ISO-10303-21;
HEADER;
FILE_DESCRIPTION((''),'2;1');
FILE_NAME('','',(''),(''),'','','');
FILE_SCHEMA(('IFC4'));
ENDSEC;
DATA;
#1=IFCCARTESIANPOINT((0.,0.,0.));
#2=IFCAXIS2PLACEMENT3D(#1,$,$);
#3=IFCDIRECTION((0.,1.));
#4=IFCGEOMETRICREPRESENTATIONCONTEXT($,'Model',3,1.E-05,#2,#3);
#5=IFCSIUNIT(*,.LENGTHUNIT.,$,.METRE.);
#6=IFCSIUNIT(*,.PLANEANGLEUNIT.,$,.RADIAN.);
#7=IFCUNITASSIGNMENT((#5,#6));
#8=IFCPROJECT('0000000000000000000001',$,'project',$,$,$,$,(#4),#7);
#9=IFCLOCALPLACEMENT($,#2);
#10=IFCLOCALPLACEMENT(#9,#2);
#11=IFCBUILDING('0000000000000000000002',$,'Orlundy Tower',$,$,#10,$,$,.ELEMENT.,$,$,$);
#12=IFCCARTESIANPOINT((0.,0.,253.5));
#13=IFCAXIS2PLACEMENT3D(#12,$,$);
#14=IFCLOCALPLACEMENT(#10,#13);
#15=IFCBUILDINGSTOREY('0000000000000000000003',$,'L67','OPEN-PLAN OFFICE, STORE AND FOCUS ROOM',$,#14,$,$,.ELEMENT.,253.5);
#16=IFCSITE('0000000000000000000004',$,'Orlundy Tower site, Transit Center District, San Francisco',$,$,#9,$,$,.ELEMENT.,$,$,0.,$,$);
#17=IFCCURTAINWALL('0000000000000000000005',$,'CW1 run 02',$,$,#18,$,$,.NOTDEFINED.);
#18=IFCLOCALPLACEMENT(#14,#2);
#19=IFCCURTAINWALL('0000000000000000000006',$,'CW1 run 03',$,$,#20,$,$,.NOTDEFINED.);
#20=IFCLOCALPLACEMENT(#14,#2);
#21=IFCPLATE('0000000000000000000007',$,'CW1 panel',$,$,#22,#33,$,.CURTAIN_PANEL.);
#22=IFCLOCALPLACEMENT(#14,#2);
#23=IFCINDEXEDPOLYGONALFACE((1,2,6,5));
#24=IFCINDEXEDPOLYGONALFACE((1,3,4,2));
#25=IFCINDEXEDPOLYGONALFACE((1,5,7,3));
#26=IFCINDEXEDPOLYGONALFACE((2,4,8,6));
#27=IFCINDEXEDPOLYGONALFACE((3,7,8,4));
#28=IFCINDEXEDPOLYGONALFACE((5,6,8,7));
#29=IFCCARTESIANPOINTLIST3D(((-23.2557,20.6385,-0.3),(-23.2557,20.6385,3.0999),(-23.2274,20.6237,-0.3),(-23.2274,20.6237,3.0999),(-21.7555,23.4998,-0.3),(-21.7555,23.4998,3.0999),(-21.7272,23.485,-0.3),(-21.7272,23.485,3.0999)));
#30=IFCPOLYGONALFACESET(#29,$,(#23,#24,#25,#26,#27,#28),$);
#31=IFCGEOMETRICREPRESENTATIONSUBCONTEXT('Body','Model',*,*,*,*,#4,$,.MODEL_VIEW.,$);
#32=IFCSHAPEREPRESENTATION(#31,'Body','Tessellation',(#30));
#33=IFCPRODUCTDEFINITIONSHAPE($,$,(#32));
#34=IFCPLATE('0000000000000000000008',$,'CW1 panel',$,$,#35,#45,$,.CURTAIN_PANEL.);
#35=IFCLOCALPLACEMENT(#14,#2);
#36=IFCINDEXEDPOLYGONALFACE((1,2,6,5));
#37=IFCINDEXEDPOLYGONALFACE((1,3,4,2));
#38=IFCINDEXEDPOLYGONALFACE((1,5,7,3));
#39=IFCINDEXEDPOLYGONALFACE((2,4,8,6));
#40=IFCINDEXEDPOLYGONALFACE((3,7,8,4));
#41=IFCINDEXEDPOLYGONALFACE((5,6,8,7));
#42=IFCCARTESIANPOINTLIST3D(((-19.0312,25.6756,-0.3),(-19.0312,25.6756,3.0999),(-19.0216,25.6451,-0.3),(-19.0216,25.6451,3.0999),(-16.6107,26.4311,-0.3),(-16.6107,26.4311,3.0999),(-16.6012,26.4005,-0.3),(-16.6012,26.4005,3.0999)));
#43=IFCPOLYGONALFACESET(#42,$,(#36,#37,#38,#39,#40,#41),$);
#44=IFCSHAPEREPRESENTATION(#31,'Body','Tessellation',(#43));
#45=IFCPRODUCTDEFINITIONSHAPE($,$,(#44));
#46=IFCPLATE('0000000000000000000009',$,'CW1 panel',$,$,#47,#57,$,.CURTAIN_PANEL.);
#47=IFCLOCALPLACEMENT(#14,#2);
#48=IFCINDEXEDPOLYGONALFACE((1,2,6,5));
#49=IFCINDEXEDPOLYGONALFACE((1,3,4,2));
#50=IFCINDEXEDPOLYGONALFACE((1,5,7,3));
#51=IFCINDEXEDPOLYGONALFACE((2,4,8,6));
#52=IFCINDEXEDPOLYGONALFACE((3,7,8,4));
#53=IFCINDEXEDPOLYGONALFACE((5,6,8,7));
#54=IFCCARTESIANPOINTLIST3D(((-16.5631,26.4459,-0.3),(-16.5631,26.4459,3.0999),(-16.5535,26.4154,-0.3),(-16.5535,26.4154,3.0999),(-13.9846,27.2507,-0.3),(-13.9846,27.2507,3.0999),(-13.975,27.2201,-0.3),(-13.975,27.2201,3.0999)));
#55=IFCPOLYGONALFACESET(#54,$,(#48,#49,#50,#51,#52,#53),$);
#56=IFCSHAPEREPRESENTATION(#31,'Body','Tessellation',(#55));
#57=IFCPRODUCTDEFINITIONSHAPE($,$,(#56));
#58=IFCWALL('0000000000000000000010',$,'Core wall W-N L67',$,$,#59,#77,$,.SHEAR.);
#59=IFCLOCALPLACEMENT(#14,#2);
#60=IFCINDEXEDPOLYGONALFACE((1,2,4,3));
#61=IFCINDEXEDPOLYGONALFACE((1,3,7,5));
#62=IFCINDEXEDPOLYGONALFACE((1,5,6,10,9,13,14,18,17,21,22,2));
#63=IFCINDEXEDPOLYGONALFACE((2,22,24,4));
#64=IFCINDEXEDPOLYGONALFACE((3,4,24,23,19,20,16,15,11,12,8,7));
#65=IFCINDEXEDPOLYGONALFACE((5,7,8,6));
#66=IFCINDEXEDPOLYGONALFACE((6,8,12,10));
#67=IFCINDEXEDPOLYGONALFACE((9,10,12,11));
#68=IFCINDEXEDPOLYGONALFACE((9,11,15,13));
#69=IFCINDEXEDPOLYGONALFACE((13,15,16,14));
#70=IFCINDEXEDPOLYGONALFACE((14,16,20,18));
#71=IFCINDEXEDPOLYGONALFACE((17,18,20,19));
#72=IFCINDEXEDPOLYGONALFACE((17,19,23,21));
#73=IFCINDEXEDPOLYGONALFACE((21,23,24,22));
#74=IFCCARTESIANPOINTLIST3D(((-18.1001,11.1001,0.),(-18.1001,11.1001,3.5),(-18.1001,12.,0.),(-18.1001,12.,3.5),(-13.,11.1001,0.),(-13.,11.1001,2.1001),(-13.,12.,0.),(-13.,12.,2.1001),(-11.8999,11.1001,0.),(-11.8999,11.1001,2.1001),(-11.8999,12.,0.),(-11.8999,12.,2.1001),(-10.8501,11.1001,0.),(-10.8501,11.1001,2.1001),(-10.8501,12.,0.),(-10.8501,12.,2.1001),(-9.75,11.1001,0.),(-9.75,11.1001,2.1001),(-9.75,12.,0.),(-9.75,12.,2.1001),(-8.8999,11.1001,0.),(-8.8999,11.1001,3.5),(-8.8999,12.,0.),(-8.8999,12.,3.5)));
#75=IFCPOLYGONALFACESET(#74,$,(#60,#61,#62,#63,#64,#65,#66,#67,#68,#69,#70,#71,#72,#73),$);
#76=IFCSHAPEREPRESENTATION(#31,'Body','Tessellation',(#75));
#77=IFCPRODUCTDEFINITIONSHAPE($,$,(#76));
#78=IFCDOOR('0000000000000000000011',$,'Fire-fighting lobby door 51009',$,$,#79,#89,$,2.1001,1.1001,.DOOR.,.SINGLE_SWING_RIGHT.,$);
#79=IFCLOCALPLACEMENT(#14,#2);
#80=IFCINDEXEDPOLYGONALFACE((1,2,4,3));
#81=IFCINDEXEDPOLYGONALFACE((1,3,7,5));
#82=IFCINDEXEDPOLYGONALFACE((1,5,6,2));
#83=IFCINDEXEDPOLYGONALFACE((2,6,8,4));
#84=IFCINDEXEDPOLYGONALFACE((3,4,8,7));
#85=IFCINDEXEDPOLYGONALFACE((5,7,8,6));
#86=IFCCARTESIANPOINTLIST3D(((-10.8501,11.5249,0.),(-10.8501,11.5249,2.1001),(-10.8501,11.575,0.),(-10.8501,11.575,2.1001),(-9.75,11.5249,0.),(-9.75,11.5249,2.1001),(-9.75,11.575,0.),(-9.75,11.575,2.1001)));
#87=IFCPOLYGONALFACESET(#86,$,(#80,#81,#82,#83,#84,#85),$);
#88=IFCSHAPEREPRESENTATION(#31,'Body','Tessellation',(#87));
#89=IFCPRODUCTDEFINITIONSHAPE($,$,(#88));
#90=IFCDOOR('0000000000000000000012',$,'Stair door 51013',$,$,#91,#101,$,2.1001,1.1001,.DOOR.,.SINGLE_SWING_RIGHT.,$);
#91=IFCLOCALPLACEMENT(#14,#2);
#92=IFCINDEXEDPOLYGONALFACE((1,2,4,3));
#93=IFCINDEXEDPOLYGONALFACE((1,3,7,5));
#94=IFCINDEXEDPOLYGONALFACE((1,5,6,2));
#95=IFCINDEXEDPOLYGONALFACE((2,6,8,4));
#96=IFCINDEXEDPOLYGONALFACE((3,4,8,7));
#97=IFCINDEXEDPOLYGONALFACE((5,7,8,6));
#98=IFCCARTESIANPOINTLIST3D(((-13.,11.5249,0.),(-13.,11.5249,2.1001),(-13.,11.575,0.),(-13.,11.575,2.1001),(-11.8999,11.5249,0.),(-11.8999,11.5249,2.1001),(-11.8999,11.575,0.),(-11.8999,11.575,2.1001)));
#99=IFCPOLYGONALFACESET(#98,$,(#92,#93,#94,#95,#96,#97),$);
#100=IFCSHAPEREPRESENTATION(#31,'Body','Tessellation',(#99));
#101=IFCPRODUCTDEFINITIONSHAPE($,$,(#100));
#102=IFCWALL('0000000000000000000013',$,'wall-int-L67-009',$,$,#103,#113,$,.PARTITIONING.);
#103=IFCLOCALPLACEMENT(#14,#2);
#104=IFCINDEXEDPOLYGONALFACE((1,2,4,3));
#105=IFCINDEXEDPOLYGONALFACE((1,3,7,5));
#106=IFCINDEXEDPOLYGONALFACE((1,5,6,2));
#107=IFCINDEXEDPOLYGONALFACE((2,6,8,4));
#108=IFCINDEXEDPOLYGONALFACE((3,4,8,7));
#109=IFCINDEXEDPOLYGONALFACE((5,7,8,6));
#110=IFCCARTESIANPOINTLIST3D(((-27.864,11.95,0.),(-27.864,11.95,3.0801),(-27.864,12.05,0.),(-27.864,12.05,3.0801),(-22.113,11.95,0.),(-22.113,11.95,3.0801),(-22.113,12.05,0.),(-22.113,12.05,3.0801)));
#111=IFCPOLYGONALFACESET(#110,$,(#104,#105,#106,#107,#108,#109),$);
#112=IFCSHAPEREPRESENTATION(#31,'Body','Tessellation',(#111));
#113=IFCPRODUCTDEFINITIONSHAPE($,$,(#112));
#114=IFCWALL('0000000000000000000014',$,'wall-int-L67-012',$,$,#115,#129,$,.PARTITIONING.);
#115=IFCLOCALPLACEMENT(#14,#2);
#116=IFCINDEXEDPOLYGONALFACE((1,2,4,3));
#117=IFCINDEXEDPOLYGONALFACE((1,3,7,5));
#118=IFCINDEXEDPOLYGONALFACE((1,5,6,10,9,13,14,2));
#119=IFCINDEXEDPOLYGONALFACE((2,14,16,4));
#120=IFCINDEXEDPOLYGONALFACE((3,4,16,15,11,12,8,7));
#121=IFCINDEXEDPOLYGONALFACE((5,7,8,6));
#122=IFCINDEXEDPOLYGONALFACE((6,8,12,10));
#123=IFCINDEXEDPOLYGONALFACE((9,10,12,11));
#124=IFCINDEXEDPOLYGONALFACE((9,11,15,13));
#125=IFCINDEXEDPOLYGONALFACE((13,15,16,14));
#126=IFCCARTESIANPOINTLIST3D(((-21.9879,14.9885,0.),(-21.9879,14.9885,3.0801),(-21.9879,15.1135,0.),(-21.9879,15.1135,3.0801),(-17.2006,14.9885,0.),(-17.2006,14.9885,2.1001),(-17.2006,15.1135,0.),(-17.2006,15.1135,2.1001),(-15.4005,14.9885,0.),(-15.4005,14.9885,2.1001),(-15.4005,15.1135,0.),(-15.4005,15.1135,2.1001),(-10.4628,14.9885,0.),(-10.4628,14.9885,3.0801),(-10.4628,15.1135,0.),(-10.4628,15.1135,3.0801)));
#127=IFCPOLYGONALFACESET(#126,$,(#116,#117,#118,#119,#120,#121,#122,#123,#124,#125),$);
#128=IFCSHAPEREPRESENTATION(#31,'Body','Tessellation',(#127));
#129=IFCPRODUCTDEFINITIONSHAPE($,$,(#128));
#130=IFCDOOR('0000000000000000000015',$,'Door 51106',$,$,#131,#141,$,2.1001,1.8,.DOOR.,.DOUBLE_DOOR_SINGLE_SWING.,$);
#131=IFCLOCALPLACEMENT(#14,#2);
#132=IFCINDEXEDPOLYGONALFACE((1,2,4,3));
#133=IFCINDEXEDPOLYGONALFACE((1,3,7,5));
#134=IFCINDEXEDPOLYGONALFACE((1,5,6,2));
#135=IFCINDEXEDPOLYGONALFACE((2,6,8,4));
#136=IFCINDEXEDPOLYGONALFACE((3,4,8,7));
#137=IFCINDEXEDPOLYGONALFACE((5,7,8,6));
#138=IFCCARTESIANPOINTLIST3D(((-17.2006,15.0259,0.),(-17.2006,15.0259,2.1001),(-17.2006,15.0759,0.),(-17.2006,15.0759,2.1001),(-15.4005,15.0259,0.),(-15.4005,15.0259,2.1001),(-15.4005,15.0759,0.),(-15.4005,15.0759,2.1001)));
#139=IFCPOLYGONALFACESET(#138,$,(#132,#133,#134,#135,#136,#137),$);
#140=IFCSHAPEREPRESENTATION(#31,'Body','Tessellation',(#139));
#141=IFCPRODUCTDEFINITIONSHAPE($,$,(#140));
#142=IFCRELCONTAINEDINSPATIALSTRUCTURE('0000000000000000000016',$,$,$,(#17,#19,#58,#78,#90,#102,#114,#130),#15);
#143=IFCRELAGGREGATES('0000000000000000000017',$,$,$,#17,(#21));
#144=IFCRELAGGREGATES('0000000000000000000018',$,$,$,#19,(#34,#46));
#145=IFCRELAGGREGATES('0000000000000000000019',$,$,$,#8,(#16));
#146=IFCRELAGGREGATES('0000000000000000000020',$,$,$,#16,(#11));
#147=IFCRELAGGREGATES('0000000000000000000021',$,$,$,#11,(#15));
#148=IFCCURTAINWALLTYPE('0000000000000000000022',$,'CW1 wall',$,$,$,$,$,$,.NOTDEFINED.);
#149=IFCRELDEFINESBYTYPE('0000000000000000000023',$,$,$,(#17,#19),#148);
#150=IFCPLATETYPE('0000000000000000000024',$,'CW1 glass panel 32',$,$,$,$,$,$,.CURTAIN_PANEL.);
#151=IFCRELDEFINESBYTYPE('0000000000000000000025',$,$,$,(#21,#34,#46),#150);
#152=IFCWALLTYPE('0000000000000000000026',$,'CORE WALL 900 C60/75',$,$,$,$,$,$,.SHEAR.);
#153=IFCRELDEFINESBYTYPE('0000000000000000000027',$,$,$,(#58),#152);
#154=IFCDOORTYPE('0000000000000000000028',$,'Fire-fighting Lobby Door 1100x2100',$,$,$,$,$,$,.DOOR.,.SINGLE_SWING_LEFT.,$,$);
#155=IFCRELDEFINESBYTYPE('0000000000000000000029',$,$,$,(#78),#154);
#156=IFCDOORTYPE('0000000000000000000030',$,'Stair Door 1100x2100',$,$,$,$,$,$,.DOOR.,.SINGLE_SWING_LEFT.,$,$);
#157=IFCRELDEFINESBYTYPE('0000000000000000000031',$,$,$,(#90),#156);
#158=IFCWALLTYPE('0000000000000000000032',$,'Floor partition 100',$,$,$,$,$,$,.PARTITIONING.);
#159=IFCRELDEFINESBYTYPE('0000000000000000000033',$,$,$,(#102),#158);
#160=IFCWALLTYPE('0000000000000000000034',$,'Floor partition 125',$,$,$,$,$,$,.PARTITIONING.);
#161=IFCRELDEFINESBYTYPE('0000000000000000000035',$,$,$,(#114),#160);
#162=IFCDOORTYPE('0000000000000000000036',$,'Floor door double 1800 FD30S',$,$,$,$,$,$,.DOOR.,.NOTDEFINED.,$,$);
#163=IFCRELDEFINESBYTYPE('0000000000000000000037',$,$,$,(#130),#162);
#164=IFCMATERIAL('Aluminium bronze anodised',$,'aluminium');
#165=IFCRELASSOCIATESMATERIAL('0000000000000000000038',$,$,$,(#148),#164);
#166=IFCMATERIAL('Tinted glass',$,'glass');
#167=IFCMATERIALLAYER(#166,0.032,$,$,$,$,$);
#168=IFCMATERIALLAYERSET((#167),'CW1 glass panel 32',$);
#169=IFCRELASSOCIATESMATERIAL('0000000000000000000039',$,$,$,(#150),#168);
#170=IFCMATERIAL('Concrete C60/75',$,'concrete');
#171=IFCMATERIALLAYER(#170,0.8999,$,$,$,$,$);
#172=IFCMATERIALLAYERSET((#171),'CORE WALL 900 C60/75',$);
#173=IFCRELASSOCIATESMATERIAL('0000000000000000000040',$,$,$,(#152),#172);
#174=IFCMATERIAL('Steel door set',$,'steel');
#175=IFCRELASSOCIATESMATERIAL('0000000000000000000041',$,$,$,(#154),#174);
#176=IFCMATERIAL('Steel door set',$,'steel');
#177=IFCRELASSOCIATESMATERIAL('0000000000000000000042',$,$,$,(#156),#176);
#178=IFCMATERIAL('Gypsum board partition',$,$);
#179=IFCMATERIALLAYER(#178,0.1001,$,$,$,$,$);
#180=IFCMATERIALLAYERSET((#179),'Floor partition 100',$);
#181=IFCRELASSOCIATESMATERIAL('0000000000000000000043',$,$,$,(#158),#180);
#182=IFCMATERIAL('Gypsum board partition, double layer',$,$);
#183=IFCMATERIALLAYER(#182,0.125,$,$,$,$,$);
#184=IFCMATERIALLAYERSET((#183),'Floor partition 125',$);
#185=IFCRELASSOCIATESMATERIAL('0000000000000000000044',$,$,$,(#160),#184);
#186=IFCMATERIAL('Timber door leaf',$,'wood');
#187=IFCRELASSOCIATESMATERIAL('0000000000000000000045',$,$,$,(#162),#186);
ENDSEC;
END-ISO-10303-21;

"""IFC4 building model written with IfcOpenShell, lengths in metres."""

from ifc_helpers import new_model, si_unit, direction, frame, frame_2d, origin, origin_2d, place, context, subcontext, project, spatial, rectangle, extrude, material, layer, layer_set, type_object, element, fill, aggregate, save


model = new_model("IFC4")

# Units and contexts
model_context = context("Model", 3, precision=1e-05, world=origin(), true_north=direction((0.0, 1.0)))
body_context = subcontext(model_context, "Body", "Model", "MODEL_VIEW")
ifc_project = project(units=[si_unit("LENGTHUNIT", "METRE"), si_unit("PLANEANGLEUNIT", "RADIAN")], contexts=[model_context])

# Site, building, storey
site_placement = place(None, origin())
site = spatial("IfcSite", under=ifc_project, at=site_placement, Name="Orlundy Tower site, Transit Center District, San Francisco", CompositionType="ELEMENT", RefElevation=0.0)
building_placement = place(site_placement, origin())
building = spatial("IfcBuilding", under=site, at=building_placement, Name="Orlundy Tower", CompositionType="ELEMENT")
storey_placement = place(building_placement, frame((0.0, 0.0, 253.5)))
storey = spatial("IfcBuildingStorey", under=building, at=storey_placement, Name="L67", Description="OPEN-PLAN OFFICE, STORE AND FOCUS ROOM", CompositionType="ELEMENT", Elevation=253.5)

# Curtain wall
ifc_material_1 = material(Name="Aluminium bronze anodised", Category="aluminium")
curtain_wall_type = type_object("IfcCurtainWallType", Name="CW1 wall", PredefinedType="NOTDEFINED", material=ifc_material_1)
curtain_wall_1_placement = place(storey_placement, origin())
curtain_wall_1 = element("IfcCurtainWall", 1, at=curtain_wall_1_placement, inside=storey, type_object=curtain_wall_type, Name="CW1 run 02", PredefinedType="NOTDEFINED")

# Curtain wall
curtain_wall_2_placement = place(storey_placement, origin())
curtain_wall_2 = element("IfcCurtainWall", 2, at=curtain_wall_2_placement, inside=storey, type_object=curtain_wall_type, Name="CW1 run 03", PredefinedType="NOTDEFINED")

# Plates
ifc_material_2 = material(Name="Tinted glass", Category="glass")
ifc_layer_1 = layer(ifc_material_2, 0.032)
ifc_layer_set_1 = layer_set([ifc_layer_1], Name="CW1 glass panel 32")
plate_type = type_object("IfcPlateType", Name="CW1 glass panel 32", PredefinedType="CURTAIN_PANEL", material=ifc_layer_set_1)
plate_1_placement = place(storey_placement, frame((-22.4915, 22.0618, -0.3), z_axis=(0.0, 0.0, 1.0), x_axis=(0.464336, 0.885659, 0.0)))
plate_1 = element("IfcPlate", 3, at=plate_1_placement, type_object=plate_type, Name="CW1 panel", PredefinedType="CURTAIN_PANEL", context=body_context, shape_type="SweptSolid", body=[
    extrude(rectangle(XDim=3.2307, YDim=0.032, at=origin_2d()), origin(), (0.0, 0.0, 1.0), 3.3999),
])
aggregate(curtain_wall_1, [plate_1])
plate_2_placement = place(storey_placement, frame((-17.8162, 26.0381, -0.3), z_axis=(0.0, 0.0, 1.0), x_axis=(0.954586, 0.297935, 0.0)))
plate_2 = element("IfcPlate", 4, at=plate_2_placement, type_object=plate_type, Name="CW1 panel", PredefinedType="CURTAIN_PANEL", context=body_context, shape_type="SweptSolid", body=[
    extrude(rectangle(XDim=2.5356, YDim=0.032, at=origin_2d()), origin(), (0.0, 0.0, 1.0), 3.3999),
])
plate_3_placement = place(storey_placement, frame((-15.269, 26.833, -0.3), z_axis=(0.0, 0.0, 1.0), x_axis=(0.954586, 0.297935, 0.0)))
plate_3 = element("IfcPlate", 5, at=plate_3_placement, type_object=plate_type, Name="CW1 panel", PredefinedType="CURTAIN_PANEL", context=body_context, shape_type="SweptSolid", body=[
    extrude(rectangle(XDim=2.7012, YDim=0.032, at=origin_2d()), origin(), (0.0, 0.0, 1.0), 3.3999),
])
aggregate(curtain_wall_2, [plate_2, plate_3])

# Wall, openings, doors
ifc_material_3 = material(Name="Concrete C60/75", Category="concrete")
ifc_layer_2 = layer(ifc_material_3, 0.8999)
ifc_layer_set_2 = layer_set([ifc_layer_2], Name="CORE WALL 900 C60/75")
wall_type_1 = type_object("IfcWallType", Name="CORE WALL 900 C60/75", PredefinedType="SHEAR", material=ifc_layer_set_2)
wall_1_placement = place(storey_placement, frame((-18.1001, 11.55, 0.0), z_axis=(0.0, 0.0, 1.0), x_axis=(1.0, 0.0, 0.0)))
wall_1 = element("IfcWall", 6, at=wall_1_placement, inside=storey, type_object=wall_type_1, Name="Core wall W-N L67", PredefinedType="SHEAR", context=body_context, shape_type="SweptSolid", body=[
    extrude(rectangle(XDim=9.2002, YDim=0.8999, at=frame_2d((4.6001, 0.0))), origin(), (0.0, 0.0, 1.0), 3.5),
])
opening_1_placement = place(wall_1_placement, frame((7.25, 0.0, 0.0)))
opening_1 = element("IfcOpeningElement", 7, at=opening_1_placement, cuts=wall_1, PredefinedType="OPENING", context=body_context, shape_type="SweptSolid", body=[
    extrude(rectangle(XDim=1.1001, YDim=2.1001, at=frame_2d((0.55, 1.05))), frame((0.0, 0.46, 0.0), z_axis=(0.0, -1.0, 0.0), x_axis=(1.0, 0.0, 0.0)), (0.0, 0.0, 1.0), 0.9199),
])
opening_2_placement = place(wall_1_placement, frame((5.1001, 0.0, 0.0)))
opening_2 = element("IfcOpeningElement", 8, at=opening_2_placement, cuts=wall_1, PredefinedType="OPENING", context=body_context, shape_type="SweptSolid", body=[
    extrude(rectangle(XDim=1.1001, YDim=2.1001, at=frame_2d((0.55, 1.05))), frame((0.0, 0.46, 0.0), z_axis=(0.0, -1.0, 0.0), x_axis=(1.0, 0.0, 0.0)), (0.0, 0.0, 1.0), 0.9199),
])
ifc_material_4 = material(Name="Steel door set", Category="steel")
door_type_1 = type_object("IfcDoorType", Name="Fire-fighting Lobby Door 1100x2100", OperationType="SINGLE_SWING_LEFT", PredefinedType="DOOR", material=ifc_material_4)
door_1_placement = place(opening_1_placement, origin())
door_1 = element("IfcDoor", 9, at=door_1_placement, inside=storey, type_object=door_type_1, Name="Fire-fighting lobby door 51009", OperationType="SINGLE_SWING_RIGHT", OverallHeight=2.1001, OverallWidth=1.1001, PredefinedType="DOOR", context=body_context, shape_type="SweptSolid", body=[
    extrude(rectangle(XDim=1.1001, YDim=2.1001, at=frame_2d((0.55, 1.05))), frame((0.0, 0.0249, 0.0), z_axis=(0.0, -1.0, 0.0), x_axis=(1.0, 0.0, 0.0)), (0.0, 0.0, 1.0), 0.05),
])
fill(opening_1, door_1)
ifc_material_5 = material(Name="Steel door set", Category="steel")
door_type_2 = type_object("IfcDoorType", Name="Stair Door 1100x2100", OperationType="SINGLE_SWING_LEFT", PredefinedType="DOOR", material=ifc_material_5)
door_2_placement = place(opening_2_placement, origin())
door_2 = element("IfcDoor", 10, at=door_2_placement, inside=storey, type_object=door_type_2, Name="Stair door 51013", OperationType="SINGLE_SWING_RIGHT", OverallHeight=2.1001, OverallWidth=1.1001, PredefinedType="DOOR", context=body_context, shape_type="SweptSolid", body=[
    extrude(rectangle(XDim=1.1001, YDim=2.1001, at=frame_2d((0.55, 1.05))), frame((0.0, 0.0249, 0.0), z_axis=(0.0, -1.0, 0.0), x_axis=(1.0, 0.0, 0.0)), (0.0, 0.0, 1.0), 0.05),
])
fill(opening_2, door_2)

# Wall
ifc_material_6 = material(Name="Gypsum board partition")
ifc_layer_3 = layer(ifc_material_6, 0.1001)
ifc_layer_set_3 = layer_set([ifc_layer_3], Name="Floor partition 100")
wall_type_2 = type_object("IfcWallType", Name="Floor partition 100", PredefinedType="PARTITIONING", material=ifc_layer_set_3)
wall_2_placement = place(storey_placement, frame((-27.864, 12.0, 0.0), z_axis=(0.0, 0.0, 1.0), x_axis=(1.0, 0.0, 0.0)))
element("IfcWall", 11, at=wall_2_placement, inside=storey, type_object=wall_type_2, Name="wall-int-L67-009", PredefinedType="PARTITIONING", context=body_context, shape_type="SweptSolid", body=[
    extrude(rectangle(XDim=5.751, YDim=0.1001, at=frame_2d((2.8755, 0.0))), origin(), (0.0, 0.0, 1.0), 3.0801),
])

# Wall, opening, door
ifc_material_7 = material(Name="Gypsum board partition, double layer")
ifc_layer_4 = layer(ifc_material_7, 0.125)
ifc_layer_set_4 = layer_set([ifc_layer_4], Name="Floor partition 125")
wall_type_3 = type_object("IfcWallType", Name="Floor partition 125", PredefinedType="PARTITIONING", material=ifc_layer_set_4)
wall_3_placement = place(storey_placement, frame((-21.988, 15.051, 0.0), z_axis=(0.0, 0.0, 1.0), x_axis=(1.0, 0.0, 0.0)))
wall_3 = element("IfcWall", 12, at=wall_3_placement, inside=storey, type_object=wall_type_3, Name="wall-int-L67-012", PredefinedType="PARTITIONING", context=body_context, shape_type="SweptSolid", body=[
    extrude(rectangle(XDim=11.5251, YDim=0.125, at=frame_2d((5.7627, 0.0))), origin(), (0.0, 0.0, 1.0), 3.0801),
])
opening_3_placement = place(wall_3_placement, frame((4.7876, 0.0, 0.0)))
opening_3 = element("IfcOpeningElement", 13, at=opening_3_placement, cuts=wall_3, PredefinedType="OPENING", context=body_context, shape_type="SweptSolid", body=[
    extrude(rectangle(XDim=1.8, YDim=2.1001, at=frame_2d((0.8999, 1.05))), frame((0.0, 0.0725, 0.0), z_axis=(0.0, -1.0, 0.0), x_axis=(1.0, 0.0, 0.0)), (0.0, 0.0, 1.0), 0.145),
])
ifc_material_8 = material(Name="Timber door leaf", Category="wood")
door_type_3 = type_object("IfcDoorType", Name="Floor door double 1800 FD30S", OperationType="NOTDEFINED", PredefinedType="DOOR", material=ifc_material_8)
door_3_placement = place(opening_3_placement, origin())
door_3 = element("IfcDoor", 14, at=door_3_placement, inside=storey, type_object=door_type_3, Name="Door 51106", OperationType="DOUBLE_DOOR_SINGLE_SWING", OverallHeight=2.1001, OverallWidth=1.8, PredefinedType="DOOR", context=body_context, shape_type="SweptSolid", body=[
    extrude(rectangle(XDim=1.8, YDim=2.1001, at=frame_2d((0.8999, 1.05))), frame((0.0, 0.0249, 0.0), z_axis=(0.0, -1.0, 0.0), x_axis=(1.0, 0.0, 0.0)), (0.0, 0.0, 1.0), 0.05),
])
fill(opening_3, door_3)

save(model, "model.ifc")
